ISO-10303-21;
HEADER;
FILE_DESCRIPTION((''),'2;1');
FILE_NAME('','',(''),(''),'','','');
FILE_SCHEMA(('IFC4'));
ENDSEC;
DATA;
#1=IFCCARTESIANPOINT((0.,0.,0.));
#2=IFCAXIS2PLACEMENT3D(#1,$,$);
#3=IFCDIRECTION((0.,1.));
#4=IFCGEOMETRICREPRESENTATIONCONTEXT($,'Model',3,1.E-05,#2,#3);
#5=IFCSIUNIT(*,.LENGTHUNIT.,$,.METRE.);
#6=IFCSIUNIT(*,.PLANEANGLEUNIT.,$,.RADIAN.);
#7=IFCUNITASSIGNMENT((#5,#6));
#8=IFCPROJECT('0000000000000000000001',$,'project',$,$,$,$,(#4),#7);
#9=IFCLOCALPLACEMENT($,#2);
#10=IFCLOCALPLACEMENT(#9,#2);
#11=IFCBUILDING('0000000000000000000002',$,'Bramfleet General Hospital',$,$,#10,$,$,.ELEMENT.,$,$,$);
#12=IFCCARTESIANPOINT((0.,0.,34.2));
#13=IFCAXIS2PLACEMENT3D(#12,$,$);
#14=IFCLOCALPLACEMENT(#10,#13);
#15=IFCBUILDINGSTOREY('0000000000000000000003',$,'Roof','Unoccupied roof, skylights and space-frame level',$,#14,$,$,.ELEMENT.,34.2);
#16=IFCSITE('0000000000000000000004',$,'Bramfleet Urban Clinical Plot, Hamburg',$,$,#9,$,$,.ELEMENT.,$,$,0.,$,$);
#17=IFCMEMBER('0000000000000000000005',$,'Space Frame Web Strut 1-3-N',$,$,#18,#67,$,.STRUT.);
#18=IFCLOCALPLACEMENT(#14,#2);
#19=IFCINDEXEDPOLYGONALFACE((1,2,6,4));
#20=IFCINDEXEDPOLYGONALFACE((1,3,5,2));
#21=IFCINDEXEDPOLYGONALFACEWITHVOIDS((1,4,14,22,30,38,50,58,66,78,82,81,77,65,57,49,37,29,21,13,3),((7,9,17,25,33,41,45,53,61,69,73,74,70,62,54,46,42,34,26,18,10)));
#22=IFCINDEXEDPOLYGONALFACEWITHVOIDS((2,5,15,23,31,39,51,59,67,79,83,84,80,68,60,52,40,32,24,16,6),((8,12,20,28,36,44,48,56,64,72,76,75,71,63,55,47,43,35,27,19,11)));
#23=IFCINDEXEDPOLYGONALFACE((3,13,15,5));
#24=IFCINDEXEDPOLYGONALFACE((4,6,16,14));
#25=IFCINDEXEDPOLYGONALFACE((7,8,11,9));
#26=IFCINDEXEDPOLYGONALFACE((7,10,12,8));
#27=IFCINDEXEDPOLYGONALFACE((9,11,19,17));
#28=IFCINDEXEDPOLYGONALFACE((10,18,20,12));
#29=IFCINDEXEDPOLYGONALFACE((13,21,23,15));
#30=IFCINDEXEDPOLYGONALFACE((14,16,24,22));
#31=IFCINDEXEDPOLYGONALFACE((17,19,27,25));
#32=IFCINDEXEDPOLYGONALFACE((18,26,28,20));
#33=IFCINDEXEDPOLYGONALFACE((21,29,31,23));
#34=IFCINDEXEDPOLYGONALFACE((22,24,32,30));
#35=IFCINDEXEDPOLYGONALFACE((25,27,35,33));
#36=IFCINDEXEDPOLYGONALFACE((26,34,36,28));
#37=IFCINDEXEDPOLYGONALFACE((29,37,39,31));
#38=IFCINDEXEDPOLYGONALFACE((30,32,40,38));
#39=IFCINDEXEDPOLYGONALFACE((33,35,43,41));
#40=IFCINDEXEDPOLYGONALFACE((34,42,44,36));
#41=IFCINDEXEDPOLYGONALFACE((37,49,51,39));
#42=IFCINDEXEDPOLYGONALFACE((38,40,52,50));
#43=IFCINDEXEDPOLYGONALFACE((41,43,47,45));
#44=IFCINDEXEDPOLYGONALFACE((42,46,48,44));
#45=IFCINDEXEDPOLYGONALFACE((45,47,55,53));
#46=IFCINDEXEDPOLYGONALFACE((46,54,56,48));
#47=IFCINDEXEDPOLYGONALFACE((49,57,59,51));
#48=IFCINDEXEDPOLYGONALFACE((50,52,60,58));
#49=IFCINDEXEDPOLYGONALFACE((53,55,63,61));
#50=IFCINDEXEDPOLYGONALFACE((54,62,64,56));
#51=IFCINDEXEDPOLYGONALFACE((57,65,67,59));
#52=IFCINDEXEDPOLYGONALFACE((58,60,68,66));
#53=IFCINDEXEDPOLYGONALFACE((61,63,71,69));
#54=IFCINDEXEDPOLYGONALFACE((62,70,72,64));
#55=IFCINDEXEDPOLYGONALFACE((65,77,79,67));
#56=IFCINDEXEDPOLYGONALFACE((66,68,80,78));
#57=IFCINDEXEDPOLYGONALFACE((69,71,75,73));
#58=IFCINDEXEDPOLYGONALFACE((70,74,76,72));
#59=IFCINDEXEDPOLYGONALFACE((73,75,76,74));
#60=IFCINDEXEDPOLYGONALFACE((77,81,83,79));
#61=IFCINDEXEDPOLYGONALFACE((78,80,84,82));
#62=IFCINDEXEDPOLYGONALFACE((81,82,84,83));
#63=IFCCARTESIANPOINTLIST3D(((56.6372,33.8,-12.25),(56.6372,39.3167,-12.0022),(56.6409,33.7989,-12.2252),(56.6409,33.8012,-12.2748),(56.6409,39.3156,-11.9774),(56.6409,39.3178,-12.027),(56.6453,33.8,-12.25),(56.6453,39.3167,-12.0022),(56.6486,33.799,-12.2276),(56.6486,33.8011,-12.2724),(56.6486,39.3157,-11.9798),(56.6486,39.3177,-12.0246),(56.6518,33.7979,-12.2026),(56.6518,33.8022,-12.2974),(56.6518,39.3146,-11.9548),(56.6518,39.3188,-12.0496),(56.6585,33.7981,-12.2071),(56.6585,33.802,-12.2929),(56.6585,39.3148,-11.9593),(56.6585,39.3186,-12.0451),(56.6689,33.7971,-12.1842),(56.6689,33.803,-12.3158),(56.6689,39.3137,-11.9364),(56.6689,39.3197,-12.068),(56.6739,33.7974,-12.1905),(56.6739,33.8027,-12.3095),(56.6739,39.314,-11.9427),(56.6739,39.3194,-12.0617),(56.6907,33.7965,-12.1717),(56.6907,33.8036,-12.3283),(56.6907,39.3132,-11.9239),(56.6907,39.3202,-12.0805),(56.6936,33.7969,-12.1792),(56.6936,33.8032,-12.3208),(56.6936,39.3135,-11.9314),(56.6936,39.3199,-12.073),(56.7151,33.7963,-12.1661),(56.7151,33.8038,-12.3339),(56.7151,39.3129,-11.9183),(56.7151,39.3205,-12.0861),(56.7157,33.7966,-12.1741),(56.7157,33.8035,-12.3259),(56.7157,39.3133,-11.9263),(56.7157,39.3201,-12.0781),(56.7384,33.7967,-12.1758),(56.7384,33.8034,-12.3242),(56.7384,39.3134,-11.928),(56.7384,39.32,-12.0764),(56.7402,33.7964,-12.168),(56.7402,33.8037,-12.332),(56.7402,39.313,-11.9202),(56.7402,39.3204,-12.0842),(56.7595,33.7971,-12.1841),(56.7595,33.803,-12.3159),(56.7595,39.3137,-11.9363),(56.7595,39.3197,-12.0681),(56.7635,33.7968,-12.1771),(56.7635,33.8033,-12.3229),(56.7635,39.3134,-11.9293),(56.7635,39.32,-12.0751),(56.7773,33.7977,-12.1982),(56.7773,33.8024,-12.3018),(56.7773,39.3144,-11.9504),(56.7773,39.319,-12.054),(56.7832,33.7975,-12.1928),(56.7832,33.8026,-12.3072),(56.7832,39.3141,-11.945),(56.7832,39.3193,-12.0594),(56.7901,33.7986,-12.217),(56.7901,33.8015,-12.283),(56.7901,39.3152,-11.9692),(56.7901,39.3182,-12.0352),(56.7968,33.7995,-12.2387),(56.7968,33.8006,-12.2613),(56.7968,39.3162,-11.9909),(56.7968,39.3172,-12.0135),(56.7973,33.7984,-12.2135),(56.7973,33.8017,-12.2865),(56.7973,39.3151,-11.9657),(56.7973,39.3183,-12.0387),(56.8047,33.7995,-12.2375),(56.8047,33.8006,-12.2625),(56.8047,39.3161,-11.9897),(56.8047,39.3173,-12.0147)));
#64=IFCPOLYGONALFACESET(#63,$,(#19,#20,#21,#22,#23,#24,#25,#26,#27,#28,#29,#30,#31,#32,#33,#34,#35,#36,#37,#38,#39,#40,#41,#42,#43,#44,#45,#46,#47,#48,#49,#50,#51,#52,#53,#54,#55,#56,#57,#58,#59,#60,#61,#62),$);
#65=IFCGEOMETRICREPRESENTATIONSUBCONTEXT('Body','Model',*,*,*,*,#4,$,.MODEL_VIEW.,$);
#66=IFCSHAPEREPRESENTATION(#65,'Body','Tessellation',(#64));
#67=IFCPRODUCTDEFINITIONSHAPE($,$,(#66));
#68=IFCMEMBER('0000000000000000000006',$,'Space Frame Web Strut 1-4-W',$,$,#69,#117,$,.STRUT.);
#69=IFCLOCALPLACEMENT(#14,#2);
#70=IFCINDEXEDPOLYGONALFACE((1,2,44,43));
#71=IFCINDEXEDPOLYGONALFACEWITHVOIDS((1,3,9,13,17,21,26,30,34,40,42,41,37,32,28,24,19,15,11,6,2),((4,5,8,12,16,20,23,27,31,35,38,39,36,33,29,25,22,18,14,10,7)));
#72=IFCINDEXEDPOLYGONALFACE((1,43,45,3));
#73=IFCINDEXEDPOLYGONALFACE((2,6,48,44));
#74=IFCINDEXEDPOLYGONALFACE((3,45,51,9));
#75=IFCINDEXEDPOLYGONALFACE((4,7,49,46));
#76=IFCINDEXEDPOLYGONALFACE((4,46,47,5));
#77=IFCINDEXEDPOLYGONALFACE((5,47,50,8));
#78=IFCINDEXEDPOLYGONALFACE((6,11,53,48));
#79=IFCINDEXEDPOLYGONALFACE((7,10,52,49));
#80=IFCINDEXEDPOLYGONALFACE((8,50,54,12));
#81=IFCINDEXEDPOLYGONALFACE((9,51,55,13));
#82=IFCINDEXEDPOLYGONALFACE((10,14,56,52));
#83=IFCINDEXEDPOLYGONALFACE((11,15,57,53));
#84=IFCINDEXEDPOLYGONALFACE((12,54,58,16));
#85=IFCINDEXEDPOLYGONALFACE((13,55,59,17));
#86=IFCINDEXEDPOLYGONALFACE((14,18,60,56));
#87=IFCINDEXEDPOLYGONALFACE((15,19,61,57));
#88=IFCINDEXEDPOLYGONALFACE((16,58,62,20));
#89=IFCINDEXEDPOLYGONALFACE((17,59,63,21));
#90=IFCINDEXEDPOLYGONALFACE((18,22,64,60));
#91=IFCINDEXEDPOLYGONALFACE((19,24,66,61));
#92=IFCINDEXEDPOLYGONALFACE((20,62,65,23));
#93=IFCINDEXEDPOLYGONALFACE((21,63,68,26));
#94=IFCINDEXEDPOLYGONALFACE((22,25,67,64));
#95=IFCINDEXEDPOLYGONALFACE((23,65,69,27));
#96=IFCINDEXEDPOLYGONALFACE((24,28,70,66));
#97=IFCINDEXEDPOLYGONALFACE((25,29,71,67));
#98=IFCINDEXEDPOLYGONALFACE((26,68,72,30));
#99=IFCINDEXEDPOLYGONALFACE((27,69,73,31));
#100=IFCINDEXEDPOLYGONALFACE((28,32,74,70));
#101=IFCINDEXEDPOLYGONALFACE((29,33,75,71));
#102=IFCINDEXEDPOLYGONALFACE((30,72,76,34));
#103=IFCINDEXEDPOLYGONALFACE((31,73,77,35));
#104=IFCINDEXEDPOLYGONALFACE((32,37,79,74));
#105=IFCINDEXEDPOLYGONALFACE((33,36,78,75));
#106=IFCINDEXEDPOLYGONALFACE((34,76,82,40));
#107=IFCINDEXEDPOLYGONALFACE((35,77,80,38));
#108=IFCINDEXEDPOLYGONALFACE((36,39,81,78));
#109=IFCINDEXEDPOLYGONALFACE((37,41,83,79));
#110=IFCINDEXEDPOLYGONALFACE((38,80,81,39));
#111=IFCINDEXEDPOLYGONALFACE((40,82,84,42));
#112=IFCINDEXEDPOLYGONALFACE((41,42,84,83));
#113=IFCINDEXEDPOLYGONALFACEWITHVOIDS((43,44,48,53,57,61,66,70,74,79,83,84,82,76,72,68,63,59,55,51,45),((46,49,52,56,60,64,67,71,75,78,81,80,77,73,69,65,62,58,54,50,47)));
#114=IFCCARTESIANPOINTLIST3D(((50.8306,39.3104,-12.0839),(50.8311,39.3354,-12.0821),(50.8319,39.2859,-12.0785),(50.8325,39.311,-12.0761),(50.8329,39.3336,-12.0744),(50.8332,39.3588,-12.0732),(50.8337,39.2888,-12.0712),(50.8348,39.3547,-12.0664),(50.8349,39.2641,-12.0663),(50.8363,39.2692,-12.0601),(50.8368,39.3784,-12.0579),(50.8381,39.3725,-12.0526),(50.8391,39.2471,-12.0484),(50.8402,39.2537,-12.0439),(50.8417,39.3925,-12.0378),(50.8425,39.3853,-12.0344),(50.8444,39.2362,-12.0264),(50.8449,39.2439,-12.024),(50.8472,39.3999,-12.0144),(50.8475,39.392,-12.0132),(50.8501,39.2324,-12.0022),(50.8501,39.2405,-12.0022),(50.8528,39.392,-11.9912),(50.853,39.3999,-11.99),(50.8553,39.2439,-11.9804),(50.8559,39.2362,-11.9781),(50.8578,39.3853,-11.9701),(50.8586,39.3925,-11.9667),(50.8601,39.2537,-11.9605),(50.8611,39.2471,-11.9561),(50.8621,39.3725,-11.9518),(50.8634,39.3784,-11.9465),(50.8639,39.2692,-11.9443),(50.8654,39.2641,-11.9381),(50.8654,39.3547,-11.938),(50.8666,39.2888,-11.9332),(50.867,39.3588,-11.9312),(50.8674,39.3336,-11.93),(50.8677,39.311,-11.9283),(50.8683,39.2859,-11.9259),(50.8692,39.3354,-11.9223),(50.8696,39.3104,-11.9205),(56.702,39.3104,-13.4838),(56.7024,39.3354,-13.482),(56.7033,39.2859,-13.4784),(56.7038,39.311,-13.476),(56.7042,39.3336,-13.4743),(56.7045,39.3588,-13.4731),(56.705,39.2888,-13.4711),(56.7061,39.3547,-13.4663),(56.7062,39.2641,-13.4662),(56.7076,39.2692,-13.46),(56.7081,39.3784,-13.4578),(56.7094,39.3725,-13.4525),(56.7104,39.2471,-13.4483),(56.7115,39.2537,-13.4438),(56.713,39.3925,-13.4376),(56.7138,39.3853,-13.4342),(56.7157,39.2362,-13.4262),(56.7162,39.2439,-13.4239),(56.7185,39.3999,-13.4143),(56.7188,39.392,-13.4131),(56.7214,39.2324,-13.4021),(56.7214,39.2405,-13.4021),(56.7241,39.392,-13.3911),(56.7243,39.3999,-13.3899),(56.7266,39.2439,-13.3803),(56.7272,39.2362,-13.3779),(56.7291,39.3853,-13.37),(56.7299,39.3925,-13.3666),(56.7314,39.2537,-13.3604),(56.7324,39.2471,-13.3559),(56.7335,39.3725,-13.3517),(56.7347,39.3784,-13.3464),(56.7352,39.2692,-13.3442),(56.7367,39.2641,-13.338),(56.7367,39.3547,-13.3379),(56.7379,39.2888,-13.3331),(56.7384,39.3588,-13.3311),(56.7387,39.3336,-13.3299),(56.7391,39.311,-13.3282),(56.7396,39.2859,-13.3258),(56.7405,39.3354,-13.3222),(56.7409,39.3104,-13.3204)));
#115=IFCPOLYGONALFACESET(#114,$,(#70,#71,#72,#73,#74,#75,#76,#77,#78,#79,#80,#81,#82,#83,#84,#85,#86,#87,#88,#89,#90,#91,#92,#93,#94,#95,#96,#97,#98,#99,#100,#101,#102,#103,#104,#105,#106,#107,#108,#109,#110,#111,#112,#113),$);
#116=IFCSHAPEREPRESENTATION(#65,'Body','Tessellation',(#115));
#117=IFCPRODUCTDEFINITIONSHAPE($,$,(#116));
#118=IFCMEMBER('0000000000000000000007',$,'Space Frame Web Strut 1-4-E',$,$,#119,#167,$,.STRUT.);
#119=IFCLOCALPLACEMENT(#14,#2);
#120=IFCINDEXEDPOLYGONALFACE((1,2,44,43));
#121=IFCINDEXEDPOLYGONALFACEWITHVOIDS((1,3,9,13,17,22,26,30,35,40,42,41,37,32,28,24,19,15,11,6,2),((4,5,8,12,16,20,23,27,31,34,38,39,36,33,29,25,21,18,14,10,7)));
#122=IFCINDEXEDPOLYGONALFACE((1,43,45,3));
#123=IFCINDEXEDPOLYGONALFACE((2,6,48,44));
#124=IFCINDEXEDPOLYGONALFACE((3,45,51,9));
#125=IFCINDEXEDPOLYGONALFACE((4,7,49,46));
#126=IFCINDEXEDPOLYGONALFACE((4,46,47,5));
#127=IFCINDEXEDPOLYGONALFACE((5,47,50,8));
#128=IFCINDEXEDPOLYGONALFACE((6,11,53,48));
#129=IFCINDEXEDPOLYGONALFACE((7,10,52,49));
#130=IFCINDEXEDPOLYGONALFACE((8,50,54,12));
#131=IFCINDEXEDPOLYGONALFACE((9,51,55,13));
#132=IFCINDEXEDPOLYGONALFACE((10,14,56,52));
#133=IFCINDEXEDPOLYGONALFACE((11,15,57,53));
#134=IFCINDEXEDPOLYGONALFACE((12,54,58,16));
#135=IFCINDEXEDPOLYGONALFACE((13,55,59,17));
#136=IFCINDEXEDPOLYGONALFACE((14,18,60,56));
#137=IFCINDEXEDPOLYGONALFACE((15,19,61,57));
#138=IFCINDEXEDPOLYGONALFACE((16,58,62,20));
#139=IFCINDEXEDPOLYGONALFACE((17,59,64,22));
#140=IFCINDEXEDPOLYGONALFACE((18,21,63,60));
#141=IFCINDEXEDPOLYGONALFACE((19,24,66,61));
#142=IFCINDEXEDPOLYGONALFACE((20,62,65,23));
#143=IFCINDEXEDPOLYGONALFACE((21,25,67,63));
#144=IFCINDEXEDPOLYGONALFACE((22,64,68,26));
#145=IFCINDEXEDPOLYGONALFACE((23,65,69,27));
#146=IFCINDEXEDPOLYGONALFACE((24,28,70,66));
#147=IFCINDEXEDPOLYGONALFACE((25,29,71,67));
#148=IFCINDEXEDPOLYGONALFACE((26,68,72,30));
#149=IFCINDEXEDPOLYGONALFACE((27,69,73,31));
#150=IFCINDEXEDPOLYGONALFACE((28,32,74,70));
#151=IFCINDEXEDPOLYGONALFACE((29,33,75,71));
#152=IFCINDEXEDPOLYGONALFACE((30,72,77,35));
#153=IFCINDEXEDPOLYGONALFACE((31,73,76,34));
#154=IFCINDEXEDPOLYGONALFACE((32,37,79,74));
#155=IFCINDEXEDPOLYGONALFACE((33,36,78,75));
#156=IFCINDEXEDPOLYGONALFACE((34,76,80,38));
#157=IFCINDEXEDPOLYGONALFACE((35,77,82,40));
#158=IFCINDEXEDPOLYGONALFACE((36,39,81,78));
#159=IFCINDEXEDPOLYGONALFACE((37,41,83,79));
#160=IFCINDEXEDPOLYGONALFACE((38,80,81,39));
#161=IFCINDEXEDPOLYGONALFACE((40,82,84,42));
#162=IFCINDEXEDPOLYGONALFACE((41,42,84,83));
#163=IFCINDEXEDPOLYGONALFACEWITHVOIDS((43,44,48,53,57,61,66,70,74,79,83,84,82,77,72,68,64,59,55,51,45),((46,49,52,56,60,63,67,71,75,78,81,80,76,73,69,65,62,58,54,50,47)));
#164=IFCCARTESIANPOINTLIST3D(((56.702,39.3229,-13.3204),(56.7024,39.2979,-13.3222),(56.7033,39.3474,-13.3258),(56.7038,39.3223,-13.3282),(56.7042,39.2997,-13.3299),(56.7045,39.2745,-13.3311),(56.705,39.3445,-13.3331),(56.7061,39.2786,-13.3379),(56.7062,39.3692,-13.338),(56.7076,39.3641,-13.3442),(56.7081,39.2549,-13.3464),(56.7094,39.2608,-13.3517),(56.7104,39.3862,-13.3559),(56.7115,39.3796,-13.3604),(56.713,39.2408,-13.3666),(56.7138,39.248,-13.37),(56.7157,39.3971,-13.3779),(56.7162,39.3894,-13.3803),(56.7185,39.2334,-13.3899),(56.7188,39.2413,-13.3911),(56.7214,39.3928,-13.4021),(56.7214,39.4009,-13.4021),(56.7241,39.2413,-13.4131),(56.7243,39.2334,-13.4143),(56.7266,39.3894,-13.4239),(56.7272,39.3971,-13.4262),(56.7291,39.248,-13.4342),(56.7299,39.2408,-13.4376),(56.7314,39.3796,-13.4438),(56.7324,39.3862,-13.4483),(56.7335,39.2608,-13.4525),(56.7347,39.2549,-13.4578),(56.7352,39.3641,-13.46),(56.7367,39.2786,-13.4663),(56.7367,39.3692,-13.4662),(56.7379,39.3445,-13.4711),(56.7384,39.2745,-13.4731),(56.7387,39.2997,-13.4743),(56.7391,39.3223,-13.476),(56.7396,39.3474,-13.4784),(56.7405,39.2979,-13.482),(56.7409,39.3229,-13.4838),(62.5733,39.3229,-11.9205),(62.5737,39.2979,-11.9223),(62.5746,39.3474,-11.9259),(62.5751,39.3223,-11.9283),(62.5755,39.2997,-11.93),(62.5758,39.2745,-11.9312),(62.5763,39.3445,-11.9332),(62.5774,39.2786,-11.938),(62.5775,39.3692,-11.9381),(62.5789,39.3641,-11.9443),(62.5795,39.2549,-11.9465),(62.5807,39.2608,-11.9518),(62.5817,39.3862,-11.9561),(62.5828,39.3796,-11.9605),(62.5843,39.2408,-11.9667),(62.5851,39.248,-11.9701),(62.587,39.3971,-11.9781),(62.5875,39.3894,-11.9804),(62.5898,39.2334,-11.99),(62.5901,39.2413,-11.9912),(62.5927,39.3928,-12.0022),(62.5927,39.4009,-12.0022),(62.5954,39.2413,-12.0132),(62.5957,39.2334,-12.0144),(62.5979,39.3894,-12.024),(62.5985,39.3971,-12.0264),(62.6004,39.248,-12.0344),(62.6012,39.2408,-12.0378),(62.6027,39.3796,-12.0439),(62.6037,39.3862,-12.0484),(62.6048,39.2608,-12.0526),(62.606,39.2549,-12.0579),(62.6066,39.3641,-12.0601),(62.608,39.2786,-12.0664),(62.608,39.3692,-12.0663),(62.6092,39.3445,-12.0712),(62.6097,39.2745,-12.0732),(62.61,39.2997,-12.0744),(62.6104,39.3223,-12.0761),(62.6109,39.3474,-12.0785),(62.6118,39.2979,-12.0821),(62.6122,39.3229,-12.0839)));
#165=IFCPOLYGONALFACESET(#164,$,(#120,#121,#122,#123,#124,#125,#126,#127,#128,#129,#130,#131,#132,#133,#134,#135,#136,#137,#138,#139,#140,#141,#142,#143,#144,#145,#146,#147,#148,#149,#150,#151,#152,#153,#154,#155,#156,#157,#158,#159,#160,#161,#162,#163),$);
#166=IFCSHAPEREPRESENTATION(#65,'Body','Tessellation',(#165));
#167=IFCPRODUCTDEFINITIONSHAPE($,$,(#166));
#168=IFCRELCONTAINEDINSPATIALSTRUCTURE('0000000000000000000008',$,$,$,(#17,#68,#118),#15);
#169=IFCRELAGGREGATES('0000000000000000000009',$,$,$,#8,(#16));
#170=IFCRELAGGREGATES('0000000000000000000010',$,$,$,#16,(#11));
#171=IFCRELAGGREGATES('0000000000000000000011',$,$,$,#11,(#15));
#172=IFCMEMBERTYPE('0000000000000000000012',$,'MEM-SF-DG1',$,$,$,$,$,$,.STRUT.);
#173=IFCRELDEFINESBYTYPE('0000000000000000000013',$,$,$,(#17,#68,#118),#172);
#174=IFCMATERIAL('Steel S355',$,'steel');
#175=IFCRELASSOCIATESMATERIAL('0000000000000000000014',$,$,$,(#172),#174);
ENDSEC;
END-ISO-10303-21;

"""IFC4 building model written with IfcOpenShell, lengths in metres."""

from ifc_helpers import new_model, si_unit, direction, frame, origin, origin_2d, place, context, subcontext, project, spatial, hollow_circle, extrude, material, material_profile, profile_set, type_object, element, save


model = new_model("IFC4")

# Units and contexts
model_context = context("Model", 3, precision=1e-05, world=origin(), true_north=direction((0.0, 1.0)))
body_context = subcontext(model_context, "Body", "Model", "MODEL_VIEW")
ifc_project = project(units=[si_unit("LENGTHUNIT", "METRE"), si_unit("PLANEANGLEUNIT", "RADIAN")], contexts=[model_context])

# Site, building, storey
site_placement = place(None, origin())
site = spatial("IfcSite", under=ifc_project, at=site_placement, Name="Bramfleet Urban Clinical Plot, Hamburg", CompositionType="ELEMENT", RefElevation=0.0)
building_placement = place(site_placement, origin())
building = spatial("IfcBuilding", under=site, at=building_placement, Name="Bramfleet General Hospital", CompositionType="ELEMENT")
storey_placement = place(building_placement, frame((0.0, 0.0, 34.2)))
storey = spatial("IfcBuildingStorey", under=building, at=storey_placement, Name="Roof", Description="Unoccupied roof, skylights and space-frame level", CompositionType="ELEMENT", Elevation=34.2)

# Members
ifc_material = material(Name="Steel S355", Category="steel")
ifc_material_profile_1 = material_profile(ifc_material, hollow_circle(Radius=0.0842, WallThickness=0.0081, at=origin_2d()), Name="CHS 168.3x8.0")
ifc_profile_set_1 = profile_set([ifc_material_profile_1], Name="Steel S355")
member_type_1 = type_object("IfcMemberType", Name="MEM-SF-DG1", PredefinedType="STRUT", material=ifc_profile_set_1)
for number, where, z_axis, x_axis, name in (
    (1, (56.7214, 33.8, -12.25), (0.0, 0.998993, 0.044874), (-1.0, 0.0, 0.0), "Space Frame Web Strut 1-3-N"),
):
    element("IfcMember", number, at=place(storey_placement, frame(where, z_axis=z_axis, x_axis=x_axis)), inside=storey, type_object=member_type_1, Name=name, PredefinedType="STRUT", context=body_context, shape_type="SweptSolid", body=[
        extrude(hollow_circle(Radius=0.0842, WallThickness=0.0081, at=origin_2d()), origin(), (0.0, 0.0, 1.0), 5.5222),
    ])
for number, where, z_axis, x_axis, name in (
    (2, (56.7214, 39.3167, -13.4021), (-0.972733, 0.0, 0.231929), (0.0, -1.0, 0.0), "Space Frame Web Strut 1-4-W"),
    (3, (56.7214, 39.3167, -13.4021), (0.972733, 0.0, 0.231929), (0.0, 1.0, 0.0), "Space Frame Web Strut 1-4-E"),
):
    element("IfcMember", number, at=place(storey_placement, frame(where, z_axis=z_axis, x_axis=x_axis)), inside=storey, type_object=member_type_1, Name=name, PredefinedType="STRUT", context=body_context, shape_type="SweptSolid", body=[
        extrude(hollow_circle(Radius=0.0842, WallThickness=0.0081, at=origin_2d()), origin(), (0.0, 0.0, 1.0), 6.0359),
    ])

save(model, "model.ifc")
